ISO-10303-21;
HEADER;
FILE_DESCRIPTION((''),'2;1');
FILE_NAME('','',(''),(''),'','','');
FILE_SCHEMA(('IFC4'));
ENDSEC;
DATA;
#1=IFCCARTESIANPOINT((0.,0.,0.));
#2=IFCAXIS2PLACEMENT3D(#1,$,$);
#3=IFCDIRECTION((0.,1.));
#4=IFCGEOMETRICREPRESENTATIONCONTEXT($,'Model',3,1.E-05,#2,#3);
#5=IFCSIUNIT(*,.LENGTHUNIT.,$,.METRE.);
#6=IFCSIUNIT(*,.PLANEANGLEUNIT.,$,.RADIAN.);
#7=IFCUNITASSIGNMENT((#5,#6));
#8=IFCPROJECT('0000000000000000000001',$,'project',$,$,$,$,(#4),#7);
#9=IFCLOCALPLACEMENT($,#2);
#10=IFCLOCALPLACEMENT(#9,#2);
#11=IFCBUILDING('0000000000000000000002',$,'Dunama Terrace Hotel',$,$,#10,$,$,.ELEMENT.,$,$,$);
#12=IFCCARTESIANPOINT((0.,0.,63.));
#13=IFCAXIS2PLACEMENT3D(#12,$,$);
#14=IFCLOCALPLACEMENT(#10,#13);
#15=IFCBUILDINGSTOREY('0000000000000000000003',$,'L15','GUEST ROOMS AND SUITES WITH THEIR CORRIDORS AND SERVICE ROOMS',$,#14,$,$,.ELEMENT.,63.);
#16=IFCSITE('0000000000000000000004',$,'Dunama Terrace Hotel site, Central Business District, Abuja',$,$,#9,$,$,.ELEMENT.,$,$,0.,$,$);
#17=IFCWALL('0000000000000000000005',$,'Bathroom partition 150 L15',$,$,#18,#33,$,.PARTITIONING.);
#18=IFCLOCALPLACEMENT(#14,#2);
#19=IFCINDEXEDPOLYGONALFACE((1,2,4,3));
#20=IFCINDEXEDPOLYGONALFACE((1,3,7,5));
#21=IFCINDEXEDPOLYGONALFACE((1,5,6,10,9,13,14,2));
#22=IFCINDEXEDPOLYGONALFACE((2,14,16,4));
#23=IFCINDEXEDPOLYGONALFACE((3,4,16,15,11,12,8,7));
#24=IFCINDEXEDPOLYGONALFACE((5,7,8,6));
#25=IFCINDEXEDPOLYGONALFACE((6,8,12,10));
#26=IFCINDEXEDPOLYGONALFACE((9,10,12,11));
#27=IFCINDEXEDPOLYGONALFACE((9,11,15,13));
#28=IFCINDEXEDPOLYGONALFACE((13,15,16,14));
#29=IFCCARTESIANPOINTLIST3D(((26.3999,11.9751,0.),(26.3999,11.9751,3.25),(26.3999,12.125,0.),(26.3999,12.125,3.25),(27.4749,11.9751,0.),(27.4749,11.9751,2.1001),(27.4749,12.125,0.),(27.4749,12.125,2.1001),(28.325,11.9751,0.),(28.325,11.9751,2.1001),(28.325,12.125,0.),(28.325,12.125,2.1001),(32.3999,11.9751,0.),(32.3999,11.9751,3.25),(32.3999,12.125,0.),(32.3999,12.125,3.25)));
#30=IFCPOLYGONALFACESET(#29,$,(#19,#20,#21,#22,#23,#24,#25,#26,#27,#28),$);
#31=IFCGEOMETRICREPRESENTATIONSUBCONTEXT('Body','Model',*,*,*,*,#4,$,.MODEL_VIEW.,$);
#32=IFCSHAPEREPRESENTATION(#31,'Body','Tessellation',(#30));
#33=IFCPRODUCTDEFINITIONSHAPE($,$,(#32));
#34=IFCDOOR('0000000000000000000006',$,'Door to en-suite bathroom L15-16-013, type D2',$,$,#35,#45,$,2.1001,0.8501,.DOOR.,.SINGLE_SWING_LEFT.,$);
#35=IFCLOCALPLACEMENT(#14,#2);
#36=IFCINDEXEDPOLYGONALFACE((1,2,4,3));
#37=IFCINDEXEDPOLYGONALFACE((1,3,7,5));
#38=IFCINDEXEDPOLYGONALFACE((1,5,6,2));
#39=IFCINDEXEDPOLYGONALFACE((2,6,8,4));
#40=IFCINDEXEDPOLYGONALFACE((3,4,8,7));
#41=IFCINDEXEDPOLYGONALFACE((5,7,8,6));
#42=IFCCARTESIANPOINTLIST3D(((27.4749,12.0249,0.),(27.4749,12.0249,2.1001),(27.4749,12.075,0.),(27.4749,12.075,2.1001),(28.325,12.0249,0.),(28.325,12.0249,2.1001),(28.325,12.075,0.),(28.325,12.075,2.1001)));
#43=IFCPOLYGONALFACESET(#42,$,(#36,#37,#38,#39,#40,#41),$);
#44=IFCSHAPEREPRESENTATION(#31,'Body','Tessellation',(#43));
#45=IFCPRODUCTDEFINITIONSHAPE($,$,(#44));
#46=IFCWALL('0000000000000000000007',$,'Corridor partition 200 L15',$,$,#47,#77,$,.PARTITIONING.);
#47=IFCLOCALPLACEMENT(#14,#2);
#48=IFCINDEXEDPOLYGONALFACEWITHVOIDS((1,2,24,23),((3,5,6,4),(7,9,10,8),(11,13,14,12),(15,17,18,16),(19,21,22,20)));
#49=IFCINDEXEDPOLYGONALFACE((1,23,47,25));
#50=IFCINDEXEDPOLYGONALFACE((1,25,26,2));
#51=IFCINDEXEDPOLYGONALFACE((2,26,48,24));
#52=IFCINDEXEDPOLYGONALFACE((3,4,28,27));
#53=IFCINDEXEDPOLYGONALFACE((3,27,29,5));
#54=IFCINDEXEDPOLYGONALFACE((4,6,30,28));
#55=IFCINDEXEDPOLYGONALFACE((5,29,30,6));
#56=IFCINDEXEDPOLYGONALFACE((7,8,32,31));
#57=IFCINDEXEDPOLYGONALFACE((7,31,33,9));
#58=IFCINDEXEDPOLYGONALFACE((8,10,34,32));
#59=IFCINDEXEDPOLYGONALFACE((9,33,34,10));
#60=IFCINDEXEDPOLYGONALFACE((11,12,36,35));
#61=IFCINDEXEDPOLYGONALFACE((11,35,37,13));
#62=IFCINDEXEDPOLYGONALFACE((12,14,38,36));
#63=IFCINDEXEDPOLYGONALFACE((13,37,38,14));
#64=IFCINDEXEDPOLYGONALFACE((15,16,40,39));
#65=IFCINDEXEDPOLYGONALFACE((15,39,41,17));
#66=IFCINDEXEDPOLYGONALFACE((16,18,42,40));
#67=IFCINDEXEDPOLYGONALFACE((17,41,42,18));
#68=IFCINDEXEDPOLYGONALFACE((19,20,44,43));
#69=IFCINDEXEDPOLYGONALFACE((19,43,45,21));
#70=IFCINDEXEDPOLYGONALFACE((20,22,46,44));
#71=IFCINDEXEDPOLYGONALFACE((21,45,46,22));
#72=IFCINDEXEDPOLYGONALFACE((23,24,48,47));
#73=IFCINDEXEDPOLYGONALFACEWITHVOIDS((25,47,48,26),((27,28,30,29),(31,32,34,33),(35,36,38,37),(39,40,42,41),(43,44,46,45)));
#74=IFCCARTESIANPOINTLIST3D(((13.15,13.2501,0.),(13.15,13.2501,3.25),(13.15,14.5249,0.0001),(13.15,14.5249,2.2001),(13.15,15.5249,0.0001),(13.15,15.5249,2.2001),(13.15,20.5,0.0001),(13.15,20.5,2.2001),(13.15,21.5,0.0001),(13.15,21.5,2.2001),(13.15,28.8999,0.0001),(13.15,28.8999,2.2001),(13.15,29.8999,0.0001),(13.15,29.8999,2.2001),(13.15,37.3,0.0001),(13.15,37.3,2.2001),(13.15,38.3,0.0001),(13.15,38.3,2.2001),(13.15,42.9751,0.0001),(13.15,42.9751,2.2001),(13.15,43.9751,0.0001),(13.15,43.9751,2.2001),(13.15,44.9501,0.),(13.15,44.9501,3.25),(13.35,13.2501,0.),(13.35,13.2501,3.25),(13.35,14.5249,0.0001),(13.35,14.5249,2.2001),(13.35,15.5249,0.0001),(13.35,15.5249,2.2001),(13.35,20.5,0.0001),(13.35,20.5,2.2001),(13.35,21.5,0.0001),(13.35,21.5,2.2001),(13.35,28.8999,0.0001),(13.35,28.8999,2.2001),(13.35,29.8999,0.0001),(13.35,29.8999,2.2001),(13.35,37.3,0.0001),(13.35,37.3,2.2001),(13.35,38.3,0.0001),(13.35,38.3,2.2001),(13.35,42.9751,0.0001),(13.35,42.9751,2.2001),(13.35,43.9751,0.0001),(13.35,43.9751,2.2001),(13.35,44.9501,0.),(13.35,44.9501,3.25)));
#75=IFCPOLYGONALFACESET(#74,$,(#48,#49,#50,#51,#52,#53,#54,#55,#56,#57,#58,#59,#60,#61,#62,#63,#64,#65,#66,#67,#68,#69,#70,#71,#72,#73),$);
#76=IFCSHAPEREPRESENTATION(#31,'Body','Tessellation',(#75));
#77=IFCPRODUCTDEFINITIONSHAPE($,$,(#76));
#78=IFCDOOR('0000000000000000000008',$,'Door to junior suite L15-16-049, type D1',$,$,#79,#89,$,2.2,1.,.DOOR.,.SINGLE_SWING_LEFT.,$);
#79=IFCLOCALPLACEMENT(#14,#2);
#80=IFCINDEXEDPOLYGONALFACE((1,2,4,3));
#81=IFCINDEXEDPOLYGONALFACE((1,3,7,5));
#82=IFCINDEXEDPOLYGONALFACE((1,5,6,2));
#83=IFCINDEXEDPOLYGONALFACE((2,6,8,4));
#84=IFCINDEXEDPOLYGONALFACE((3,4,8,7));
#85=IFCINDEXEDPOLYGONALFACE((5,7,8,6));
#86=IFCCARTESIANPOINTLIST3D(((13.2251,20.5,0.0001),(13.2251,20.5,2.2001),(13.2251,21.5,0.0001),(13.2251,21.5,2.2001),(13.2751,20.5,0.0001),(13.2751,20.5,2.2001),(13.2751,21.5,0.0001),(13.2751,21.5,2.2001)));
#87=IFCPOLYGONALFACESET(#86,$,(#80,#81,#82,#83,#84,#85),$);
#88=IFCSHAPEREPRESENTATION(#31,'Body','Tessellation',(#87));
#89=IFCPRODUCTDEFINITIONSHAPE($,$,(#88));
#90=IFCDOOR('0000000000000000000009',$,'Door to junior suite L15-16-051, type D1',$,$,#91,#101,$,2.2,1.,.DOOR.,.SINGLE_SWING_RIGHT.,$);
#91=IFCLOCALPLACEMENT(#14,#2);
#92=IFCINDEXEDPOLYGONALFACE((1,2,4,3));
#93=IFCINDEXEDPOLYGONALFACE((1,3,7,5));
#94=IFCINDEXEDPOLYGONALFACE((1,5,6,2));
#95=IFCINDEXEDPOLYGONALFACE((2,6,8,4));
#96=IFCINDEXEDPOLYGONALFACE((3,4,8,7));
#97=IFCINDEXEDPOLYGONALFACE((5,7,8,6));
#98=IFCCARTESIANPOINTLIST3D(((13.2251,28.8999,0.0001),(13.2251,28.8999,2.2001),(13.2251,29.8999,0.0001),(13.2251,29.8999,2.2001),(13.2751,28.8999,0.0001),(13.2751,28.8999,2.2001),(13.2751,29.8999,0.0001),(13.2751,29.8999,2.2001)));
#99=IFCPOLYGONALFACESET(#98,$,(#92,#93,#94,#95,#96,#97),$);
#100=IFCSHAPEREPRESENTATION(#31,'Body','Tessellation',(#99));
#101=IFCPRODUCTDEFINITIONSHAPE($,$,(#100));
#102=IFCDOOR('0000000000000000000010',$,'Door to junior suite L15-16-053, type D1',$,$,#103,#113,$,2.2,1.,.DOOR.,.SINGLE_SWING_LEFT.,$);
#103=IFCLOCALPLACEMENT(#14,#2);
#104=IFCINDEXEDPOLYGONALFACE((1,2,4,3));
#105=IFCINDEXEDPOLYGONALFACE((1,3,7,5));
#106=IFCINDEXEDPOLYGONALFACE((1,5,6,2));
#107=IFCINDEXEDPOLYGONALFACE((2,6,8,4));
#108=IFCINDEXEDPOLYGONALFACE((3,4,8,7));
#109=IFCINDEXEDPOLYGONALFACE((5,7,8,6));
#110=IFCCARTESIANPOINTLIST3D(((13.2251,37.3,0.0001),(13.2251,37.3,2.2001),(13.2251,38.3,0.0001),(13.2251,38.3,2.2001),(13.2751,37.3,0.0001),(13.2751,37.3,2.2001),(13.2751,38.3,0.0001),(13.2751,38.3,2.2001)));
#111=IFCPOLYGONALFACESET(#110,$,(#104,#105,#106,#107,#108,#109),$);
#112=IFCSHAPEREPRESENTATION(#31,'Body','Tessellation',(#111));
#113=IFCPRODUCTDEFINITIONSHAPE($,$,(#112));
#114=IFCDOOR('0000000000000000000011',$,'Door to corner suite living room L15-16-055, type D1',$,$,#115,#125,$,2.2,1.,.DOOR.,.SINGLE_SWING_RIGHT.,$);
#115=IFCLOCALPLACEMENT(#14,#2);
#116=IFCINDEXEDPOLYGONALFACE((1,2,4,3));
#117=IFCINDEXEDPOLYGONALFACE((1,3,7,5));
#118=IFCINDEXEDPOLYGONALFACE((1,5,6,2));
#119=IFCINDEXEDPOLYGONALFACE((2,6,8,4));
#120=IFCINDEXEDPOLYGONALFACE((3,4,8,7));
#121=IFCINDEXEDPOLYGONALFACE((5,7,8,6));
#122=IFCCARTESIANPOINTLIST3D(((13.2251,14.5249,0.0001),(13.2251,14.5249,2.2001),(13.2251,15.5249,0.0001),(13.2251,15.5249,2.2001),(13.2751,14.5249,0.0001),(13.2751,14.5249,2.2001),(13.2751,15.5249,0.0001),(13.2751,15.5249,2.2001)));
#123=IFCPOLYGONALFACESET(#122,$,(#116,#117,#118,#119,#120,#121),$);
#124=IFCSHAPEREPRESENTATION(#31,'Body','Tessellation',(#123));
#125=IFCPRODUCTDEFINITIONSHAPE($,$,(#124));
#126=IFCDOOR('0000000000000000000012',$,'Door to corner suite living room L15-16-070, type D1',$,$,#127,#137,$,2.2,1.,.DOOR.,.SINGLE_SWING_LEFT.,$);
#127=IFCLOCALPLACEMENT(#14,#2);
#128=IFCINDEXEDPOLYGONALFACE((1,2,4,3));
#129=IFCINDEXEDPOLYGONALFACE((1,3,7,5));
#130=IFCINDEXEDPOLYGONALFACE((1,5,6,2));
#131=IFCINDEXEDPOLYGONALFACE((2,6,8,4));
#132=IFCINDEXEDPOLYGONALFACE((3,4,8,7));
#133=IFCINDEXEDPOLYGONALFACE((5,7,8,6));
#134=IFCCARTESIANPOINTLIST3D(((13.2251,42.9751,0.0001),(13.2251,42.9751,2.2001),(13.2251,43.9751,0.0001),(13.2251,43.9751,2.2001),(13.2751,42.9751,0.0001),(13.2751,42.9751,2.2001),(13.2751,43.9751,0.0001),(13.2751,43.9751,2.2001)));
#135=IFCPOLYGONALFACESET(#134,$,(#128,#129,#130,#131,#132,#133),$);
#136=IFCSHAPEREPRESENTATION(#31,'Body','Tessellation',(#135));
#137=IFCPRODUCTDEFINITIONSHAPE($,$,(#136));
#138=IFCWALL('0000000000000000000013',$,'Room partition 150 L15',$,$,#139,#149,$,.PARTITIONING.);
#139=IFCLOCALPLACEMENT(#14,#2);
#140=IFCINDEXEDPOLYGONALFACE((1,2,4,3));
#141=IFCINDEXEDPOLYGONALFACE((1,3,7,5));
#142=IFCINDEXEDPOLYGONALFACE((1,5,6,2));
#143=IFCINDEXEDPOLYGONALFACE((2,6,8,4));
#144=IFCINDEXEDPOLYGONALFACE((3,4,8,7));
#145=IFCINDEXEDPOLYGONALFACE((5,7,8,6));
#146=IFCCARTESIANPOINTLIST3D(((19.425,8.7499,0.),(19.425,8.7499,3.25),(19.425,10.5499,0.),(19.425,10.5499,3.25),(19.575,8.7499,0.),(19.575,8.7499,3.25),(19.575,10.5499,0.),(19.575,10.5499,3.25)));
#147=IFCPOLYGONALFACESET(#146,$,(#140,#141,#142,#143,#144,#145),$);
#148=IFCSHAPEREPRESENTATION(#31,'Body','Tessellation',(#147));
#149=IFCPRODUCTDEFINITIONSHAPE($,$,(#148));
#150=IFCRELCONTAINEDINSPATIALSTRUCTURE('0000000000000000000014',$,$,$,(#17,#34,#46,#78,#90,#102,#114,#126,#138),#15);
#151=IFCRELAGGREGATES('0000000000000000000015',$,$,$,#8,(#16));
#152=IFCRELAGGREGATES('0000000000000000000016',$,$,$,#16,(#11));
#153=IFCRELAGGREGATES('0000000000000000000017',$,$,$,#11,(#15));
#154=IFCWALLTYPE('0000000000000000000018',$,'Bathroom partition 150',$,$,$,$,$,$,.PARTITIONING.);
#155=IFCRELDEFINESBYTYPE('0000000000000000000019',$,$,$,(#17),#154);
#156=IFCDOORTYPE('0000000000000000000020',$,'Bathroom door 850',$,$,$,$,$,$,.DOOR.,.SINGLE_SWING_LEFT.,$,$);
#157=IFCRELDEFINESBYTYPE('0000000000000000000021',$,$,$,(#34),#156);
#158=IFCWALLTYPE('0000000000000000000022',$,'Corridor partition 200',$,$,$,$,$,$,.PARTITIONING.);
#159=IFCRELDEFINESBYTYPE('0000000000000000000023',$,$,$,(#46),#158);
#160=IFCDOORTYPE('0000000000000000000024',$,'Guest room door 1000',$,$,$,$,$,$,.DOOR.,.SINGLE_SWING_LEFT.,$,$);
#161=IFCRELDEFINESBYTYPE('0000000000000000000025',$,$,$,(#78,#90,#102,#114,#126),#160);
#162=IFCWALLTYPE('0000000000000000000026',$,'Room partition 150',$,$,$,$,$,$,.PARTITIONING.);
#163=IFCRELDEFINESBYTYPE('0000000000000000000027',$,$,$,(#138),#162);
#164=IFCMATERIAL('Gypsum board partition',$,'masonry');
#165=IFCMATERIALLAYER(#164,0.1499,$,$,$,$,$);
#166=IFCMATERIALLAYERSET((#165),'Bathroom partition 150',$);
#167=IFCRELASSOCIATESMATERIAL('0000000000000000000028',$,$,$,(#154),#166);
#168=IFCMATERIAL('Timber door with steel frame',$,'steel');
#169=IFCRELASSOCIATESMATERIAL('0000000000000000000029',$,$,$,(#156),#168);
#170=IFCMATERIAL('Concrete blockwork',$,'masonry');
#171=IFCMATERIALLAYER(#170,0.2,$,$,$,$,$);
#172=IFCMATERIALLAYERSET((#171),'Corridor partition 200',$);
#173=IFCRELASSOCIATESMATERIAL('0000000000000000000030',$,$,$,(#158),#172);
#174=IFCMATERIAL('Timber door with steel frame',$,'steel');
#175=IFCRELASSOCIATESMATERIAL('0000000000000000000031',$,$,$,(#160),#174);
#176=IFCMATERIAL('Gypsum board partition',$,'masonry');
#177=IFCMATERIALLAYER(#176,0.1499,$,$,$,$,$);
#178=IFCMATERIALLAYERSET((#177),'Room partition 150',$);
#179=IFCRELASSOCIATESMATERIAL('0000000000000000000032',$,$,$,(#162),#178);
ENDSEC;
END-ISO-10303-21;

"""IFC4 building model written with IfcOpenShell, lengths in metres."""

from ifc_helpers import new_model, si_unit, direction, frame, frame_2d, origin, place, context, subcontext, project, spatial, rectangle, extrude, material, layer, layer_set, type_object, element, fill, save


model = new_model("IFC4")

# Units and contexts
model_context = context("Model", 3, precision=1e-05, world=origin(), true_north=direction((0.0, 1.0)))
body_context = subcontext(model_context, "Body", "Model", "MODEL_VIEW")
ifc_project = project(units=[si_unit("LENGTHUNIT", "METRE"), si_unit("PLANEANGLEUNIT", "RADIAN")], contexts=[model_context])

# Site, building, storey
site_placement = place(None, origin())
site = spatial("IfcSite", under=ifc_project, at=site_placement, Name="Dunama Terrace Hotel site, Central Business District, Abuja", CompositionType="ELEMENT", RefElevation=0.0)
building_placement = place(site_placement, origin())
building = spatial("IfcBuilding", under=site, at=building_placement, Name="Dunama Terrace Hotel", CompositionType="ELEMENT")
storey_placement = place(building_placement, frame((0.0, 0.0, 63.0)))
storey = spatial("IfcBuildingStorey", under=building, at=storey_placement, Name="L15", Description="GUEST ROOMS AND SUITES WITH THEIR CORRIDORS AND SERVICE ROOMS", CompositionType="ELEMENT", Elevation=63.0)

# Shared definitions
ifc_material_1 = material(Name="Gypsum board partition", Category="masonry")
ifc_layer_1 = layer(ifc_material_1, 0.1499)
ifc_layer_set_1 = layer_set([ifc_layer_1], Name="Bathroom partition 150")
wall_type_1 = type_object("IfcWallType", Name="Bathroom partition 150", PredefinedType="PARTITIONING", material=ifc_layer_set_1)

# Shared definitions
ifc_material_2 = material(Name="Timber door with steel frame", Category="steel")
door_type_1 = type_object("IfcDoorType", Name="Bathroom door 850", OperationType="SINGLE_SWING_LEFT", PredefinedType="DOOR", material=ifc_material_2)

# Wall, opening, door
wall_1_placement = place(storey_placement, frame((26.3999, 12.05, 0.0), z_axis=(0.0, 0.0, 1.0), x_axis=(1.0, 0.0, 0.0)))
wall_1 = element("IfcWall", 1, at=wall_1_placement, inside=storey, type_object=wall_type_1, Name="Bathroom partition 150 L15", PredefinedType="PARTITIONING", context=body_context, shape_type="SweptSolid", body=[
    extrude(rectangle(XDim=6.0, YDim=0.1499, at=frame_2d((3.0, 0.0))), origin(), (0.0, 0.0, 1.0), 3.25),
])
opening_1_placement = place(wall_1_placement, frame((1.075, 0.0, 0.0)))
opening_1 = element("IfcOpeningElement", 2, at=opening_1_placement, cuts=wall_1, PredefinedType="OPENING", context=body_context, shape_type="SweptSolid", body=[
    extrude(rectangle(XDim=0.8501, YDim=2.1001, at=frame_2d((0.425, 1.05))), frame((0.0, 0.085, 0.0), z_axis=(0.0, -1.0, 0.0), x_axis=(1.0, 0.0, 0.0)), (0.0, 0.0, 1.0), 0.1699),
])
door_1_placement = place(opening_1_placement, frame((0.8501, 0.0, 0.0), z_axis=(0.0, 0.0, 1.0), x_axis=(-1.0, 0.0, 0.0)))
door_1 = element("IfcDoor", 3, at=door_1_placement, inside=storey, type_object=door_type_1, Name="Door to en-suite bathroom L15-16-013, type D2", OperationType="SINGLE_SWING_LEFT", OverallHeight=2.1001, OverallWidth=0.8501, PredefinedType="DOOR", context=body_context, shape_type="SweptSolid", body=[
    extrude(rectangle(XDim=0.8501, YDim=2.1001, at=frame_2d((0.425, 1.05))), frame((0.0, 0.0251, 0.0), z_axis=(0.0, -1.0, 0.0), x_axis=(1.0, 0.0, 0.0)), (0.0, 0.0, 1.0), 0.05),
])
fill(opening_1, door_1)

# Wall, openings, doors
ifc_material_3 = material(Name="Concrete blockwork", Category="masonry")
ifc_layer_2 = layer(ifc_material_3, 0.2)
ifc_layer_set_2 = layer_set([ifc_layer_2], Name="Corridor partition 200")
wall_type_2 = type_object("IfcWallType", Name="Corridor partition 200", PredefinedType="PARTITIONING", material=ifc_layer_set_2)
wall_2_placement = place(storey_placement, frame((13.25, 13.25, 0.0), z_axis=(0.0, 0.0, 1.0), x_axis=(0.0, 1.0, 0.0)))
wall_2 = element("IfcWall", 4, at=wall_2_placement, inside=storey, type_object=wall_type_2, Name="Corridor partition 200 L15", PredefinedType="PARTITIONING", context=body_context, shape_type="SweptSolid", body=[
    extrude(rectangle(XDim=31.7, YDim=0.2, at=frame_2d((15.8501, 0.0))), origin(), (0.0, 0.0, 1.0), 3.25),
])
opening_2_placement = place(wall_2_placement, frame((7.25, 0.0, 0.0)))
opening_2 = element("IfcOpeningElement", 5, at=opening_2_placement, cuts=wall_2, PredefinedType="OPENING", context=body_context, shape_type="SweptSolid", body=[
    extrude(rectangle(XDim=1.0, YDim=2.2, at=frame_2d((0.5, 1.1001))), frame((0.0, 0.1099, 0.0), z_axis=(0.0, -1.0, 0.0), x_axis=(1.0, 0.0, 0.0)), (0.0, 0.0, 1.0), 0.22),
])
opening_3_placement = place(wall_2_placement, frame((15.6499, 0.0, 0.0)))
opening_3 = element("IfcOpeningElement", 6, at=opening_3_placement, cuts=wall_2, PredefinedType="OPENING", context=body_context, shape_type="SweptSolid", body=[
    extrude(rectangle(XDim=1.0, YDim=2.2, at=frame_2d((0.5, 1.1001))), frame((0.0, 0.1099, 0.0), z_axis=(0.0, -1.0, 0.0), x_axis=(1.0, 0.0, 0.0)), (0.0, 0.0, 1.0), 0.22),
])
opening_4_placement = place(wall_2_placement, frame((24.05, 0.0, 0.0)))
opening_4 = element("IfcOpeningElement", 7, at=opening_4_placement, cuts=wall_2, PredefinedType="OPENING", context=body_context, shape_type="SweptSolid", body=[
    extrude(rectangle(XDim=1.0, YDim=2.2, at=frame_2d((0.5, 1.1001))), frame((0.0, 0.1099, 0.0), z_axis=(0.0, -1.0, 0.0), x_axis=(1.0, 0.0, 0.0)), (0.0, 0.0, 1.0), 0.22),
])
opening_5_placement = place(wall_2_placement, frame((1.2749, 0.0, 0.0)))
opening_5 = element("IfcOpeningElement", 8, at=opening_5_placement, cuts=wall_2, PredefinedType="OPENING", context=body_context, shape_type="SweptSolid", body=[
    extrude(rectangle(XDim=1.0, YDim=2.2, at=frame_2d((0.5, 1.1001))), frame((0.0, 0.1099, 0.0), z_axis=(0.0, -1.0, 0.0), x_axis=(1.0, 0.0, 0.0)), (0.0, 0.0, 1.0), 0.22),
])
opening_6_placement = place(wall_2_placement, frame((29.7251, 0.0, 0.0)))
opening_6 = element("IfcOpeningElement", 9, at=opening_6_placement, cuts=wall_2, PredefinedType="OPENING", context=body_context, shape_type="SweptSolid", body=[
    extrude(rectangle(XDim=1.0, YDim=2.2, at=frame_2d((0.5, 1.1001))), frame((0.0, 0.1099, 0.0), z_axis=(0.0, -1.0, 0.0), x_axis=(1.0, 0.0, 0.0)), (0.0, 0.0, 1.0), 0.22),
])
ifc_material_4 = material(Name="Timber door with steel frame", Category="steel")
door_type_2 = type_object("IfcDoorType", Name="Guest room door 1000", OperationType="SINGLE_SWING_LEFT", PredefinedType="DOOR", material=ifc_material_4)
door_2_placement = place(opening_2_placement, origin())
door_2 = element("IfcDoor", 10, at=door_2_placement, inside=storey, type_object=door_type_2, Name="Door to junior suite L15-16-049, type D1", OperationType="SINGLE_SWING_LEFT", OverallHeight=2.2, OverallWidth=1.0, PredefinedType="DOOR", context=body_context, shape_type="SweptSolid", body=[
    extrude(rectangle(XDim=1.0, YDim=2.2, at=frame_2d((0.5, 1.1001))), frame((0.0, 0.0249, 0.0), z_axis=(0.0, -1.0, 0.0), x_axis=(1.0, 0.0, 0.0)), (0.0, 0.0, 1.0), 0.05),
])
fill(opening_2, door_2)
door_3_placement = place(opening_3_placement, origin())
door_3 = element("IfcDoor", 11, at=door_3_placement, inside=storey, type_object=door_type_2, Name="Door to junior suite L15-16-051, type D1", OperationType="SINGLE_SWING_RIGHT", OverallHeight=2.2, OverallWidth=1.0, PredefinedType="DOOR", context=body_context, shape_type="SweptSolid", body=[
    extrude(rectangle(XDim=1.0, YDim=2.2, at=frame_2d((0.5, 1.1001))), frame((0.0, 0.0249, 0.0), z_axis=(0.0, -1.0, 0.0), x_axis=(1.0, 0.0, 0.0)), (0.0, 0.0, 1.0), 0.05),
])
fill(opening_3, door_3)
door_4_placement = place(opening_4_placement, origin())
door_4 = element("IfcDoor", 12, at=door_4_placement, inside=storey, type_object=door_type_2, Name="Door to junior suite L15-16-053, type D1", OperationType="SINGLE_SWING_LEFT", OverallHeight=2.2, OverallWidth=1.0, PredefinedType="DOOR", context=body_context, shape_type="SweptSolid", body=[
    extrude(rectangle(XDim=1.0, YDim=2.2, at=frame_2d((0.5, 1.1001))), frame((0.0, 0.0249, 0.0), z_axis=(0.0, -1.0, 0.0), x_axis=(1.0, 0.0, 0.0)), (0.0, 0.0, 1.0), 0.05),
])
fill(opening_4, door_4)
door_5_placement = place(opening_5_placement, origin())
door_5 = element("IfcDoor", 13, at=door_5_placement, inside=storey, type_object=door_type_2, Name="Door to corner suite living room L15-16-055, type D1", OperationType="SINGLE_SWING_RIGHT", OverallHeight=2.2, OverallWidth=1.0, PredefinedType="DOOR", context=body_context, shape_type="SweptSolid", body=[
    extrude(rectangle(XDim=1.0, YDim=2.2, at=frame_2d((0.5, 1.1001))), frame((0.0, 0.0249, 0.0), z_axis=(0.0, -1.0, 0.0), x_axis=(1.0, 0.0, 0.0)), (0.0, 0.0, 1.0), 0.05),
])
fill(opening_5, door_5)
door_6_placement = place(opening_6_placement, origin())
door_6 = element("IfcDoor", 14, at=door_6_placement, inside=storey, type_object=door_type_2, Name="Door to corner suite living room L15-16-070, type D1", OperationType="SINGLE_SWING_LEFT", OverallHeight=2.2, OverallWidth=1.0, PredefinedType="DOOR", context=body_context, shape_type="SweptSolid", body=[
    extrude(rectangle(XDim=1.0, YDim=2.2, at=frame_2d((0.5, 1.1001))), frame((0.0, 0.0249, 0.0), z_axis=(0.0, -1.0, 0.0), x_axis=(1.0, 0.0, 0.0)), (0.0, 0.0, 1.0), 0.05),
])
fill(opening_6, door_6)

# Wall
ifc_material_5 = material(Name="Gypsum board partition", Category="masonry")
ifc_layer_3 = layer(ifc_material_5, 0.1499)
ifc_layer_set_3 = layer_set([ifc_layer_3], Name="Room partition 150")
wall_type_3 = type_object("IfcWallType", Name="Room partition 150", PredefinedType="PARTITIONING", material=ifc_layer_set_3)
wall_3_placement = place(storey_placement, frame((19.5, 8.75, 0.0), z_axis=(0.0, 0.0, 1.0), x_axis=(0.0, 1.0, 0.0)))
element("IfcWall", 15, at=wall_3_placement, inside=storey, type_object=wall_type_3, Name="Room partition 150 L15", PredefinedType="PARTITIONING", context=body_context, shape_type="SweptSolid", body=[
    extrude(rectangle(XDim=1.8, YDim=0.1499, at=frame_2d((0.8999, 0.0))), origin(), (0.0, 0.0, 1.0), 3.25),
])

save(model, "model.ifc")
